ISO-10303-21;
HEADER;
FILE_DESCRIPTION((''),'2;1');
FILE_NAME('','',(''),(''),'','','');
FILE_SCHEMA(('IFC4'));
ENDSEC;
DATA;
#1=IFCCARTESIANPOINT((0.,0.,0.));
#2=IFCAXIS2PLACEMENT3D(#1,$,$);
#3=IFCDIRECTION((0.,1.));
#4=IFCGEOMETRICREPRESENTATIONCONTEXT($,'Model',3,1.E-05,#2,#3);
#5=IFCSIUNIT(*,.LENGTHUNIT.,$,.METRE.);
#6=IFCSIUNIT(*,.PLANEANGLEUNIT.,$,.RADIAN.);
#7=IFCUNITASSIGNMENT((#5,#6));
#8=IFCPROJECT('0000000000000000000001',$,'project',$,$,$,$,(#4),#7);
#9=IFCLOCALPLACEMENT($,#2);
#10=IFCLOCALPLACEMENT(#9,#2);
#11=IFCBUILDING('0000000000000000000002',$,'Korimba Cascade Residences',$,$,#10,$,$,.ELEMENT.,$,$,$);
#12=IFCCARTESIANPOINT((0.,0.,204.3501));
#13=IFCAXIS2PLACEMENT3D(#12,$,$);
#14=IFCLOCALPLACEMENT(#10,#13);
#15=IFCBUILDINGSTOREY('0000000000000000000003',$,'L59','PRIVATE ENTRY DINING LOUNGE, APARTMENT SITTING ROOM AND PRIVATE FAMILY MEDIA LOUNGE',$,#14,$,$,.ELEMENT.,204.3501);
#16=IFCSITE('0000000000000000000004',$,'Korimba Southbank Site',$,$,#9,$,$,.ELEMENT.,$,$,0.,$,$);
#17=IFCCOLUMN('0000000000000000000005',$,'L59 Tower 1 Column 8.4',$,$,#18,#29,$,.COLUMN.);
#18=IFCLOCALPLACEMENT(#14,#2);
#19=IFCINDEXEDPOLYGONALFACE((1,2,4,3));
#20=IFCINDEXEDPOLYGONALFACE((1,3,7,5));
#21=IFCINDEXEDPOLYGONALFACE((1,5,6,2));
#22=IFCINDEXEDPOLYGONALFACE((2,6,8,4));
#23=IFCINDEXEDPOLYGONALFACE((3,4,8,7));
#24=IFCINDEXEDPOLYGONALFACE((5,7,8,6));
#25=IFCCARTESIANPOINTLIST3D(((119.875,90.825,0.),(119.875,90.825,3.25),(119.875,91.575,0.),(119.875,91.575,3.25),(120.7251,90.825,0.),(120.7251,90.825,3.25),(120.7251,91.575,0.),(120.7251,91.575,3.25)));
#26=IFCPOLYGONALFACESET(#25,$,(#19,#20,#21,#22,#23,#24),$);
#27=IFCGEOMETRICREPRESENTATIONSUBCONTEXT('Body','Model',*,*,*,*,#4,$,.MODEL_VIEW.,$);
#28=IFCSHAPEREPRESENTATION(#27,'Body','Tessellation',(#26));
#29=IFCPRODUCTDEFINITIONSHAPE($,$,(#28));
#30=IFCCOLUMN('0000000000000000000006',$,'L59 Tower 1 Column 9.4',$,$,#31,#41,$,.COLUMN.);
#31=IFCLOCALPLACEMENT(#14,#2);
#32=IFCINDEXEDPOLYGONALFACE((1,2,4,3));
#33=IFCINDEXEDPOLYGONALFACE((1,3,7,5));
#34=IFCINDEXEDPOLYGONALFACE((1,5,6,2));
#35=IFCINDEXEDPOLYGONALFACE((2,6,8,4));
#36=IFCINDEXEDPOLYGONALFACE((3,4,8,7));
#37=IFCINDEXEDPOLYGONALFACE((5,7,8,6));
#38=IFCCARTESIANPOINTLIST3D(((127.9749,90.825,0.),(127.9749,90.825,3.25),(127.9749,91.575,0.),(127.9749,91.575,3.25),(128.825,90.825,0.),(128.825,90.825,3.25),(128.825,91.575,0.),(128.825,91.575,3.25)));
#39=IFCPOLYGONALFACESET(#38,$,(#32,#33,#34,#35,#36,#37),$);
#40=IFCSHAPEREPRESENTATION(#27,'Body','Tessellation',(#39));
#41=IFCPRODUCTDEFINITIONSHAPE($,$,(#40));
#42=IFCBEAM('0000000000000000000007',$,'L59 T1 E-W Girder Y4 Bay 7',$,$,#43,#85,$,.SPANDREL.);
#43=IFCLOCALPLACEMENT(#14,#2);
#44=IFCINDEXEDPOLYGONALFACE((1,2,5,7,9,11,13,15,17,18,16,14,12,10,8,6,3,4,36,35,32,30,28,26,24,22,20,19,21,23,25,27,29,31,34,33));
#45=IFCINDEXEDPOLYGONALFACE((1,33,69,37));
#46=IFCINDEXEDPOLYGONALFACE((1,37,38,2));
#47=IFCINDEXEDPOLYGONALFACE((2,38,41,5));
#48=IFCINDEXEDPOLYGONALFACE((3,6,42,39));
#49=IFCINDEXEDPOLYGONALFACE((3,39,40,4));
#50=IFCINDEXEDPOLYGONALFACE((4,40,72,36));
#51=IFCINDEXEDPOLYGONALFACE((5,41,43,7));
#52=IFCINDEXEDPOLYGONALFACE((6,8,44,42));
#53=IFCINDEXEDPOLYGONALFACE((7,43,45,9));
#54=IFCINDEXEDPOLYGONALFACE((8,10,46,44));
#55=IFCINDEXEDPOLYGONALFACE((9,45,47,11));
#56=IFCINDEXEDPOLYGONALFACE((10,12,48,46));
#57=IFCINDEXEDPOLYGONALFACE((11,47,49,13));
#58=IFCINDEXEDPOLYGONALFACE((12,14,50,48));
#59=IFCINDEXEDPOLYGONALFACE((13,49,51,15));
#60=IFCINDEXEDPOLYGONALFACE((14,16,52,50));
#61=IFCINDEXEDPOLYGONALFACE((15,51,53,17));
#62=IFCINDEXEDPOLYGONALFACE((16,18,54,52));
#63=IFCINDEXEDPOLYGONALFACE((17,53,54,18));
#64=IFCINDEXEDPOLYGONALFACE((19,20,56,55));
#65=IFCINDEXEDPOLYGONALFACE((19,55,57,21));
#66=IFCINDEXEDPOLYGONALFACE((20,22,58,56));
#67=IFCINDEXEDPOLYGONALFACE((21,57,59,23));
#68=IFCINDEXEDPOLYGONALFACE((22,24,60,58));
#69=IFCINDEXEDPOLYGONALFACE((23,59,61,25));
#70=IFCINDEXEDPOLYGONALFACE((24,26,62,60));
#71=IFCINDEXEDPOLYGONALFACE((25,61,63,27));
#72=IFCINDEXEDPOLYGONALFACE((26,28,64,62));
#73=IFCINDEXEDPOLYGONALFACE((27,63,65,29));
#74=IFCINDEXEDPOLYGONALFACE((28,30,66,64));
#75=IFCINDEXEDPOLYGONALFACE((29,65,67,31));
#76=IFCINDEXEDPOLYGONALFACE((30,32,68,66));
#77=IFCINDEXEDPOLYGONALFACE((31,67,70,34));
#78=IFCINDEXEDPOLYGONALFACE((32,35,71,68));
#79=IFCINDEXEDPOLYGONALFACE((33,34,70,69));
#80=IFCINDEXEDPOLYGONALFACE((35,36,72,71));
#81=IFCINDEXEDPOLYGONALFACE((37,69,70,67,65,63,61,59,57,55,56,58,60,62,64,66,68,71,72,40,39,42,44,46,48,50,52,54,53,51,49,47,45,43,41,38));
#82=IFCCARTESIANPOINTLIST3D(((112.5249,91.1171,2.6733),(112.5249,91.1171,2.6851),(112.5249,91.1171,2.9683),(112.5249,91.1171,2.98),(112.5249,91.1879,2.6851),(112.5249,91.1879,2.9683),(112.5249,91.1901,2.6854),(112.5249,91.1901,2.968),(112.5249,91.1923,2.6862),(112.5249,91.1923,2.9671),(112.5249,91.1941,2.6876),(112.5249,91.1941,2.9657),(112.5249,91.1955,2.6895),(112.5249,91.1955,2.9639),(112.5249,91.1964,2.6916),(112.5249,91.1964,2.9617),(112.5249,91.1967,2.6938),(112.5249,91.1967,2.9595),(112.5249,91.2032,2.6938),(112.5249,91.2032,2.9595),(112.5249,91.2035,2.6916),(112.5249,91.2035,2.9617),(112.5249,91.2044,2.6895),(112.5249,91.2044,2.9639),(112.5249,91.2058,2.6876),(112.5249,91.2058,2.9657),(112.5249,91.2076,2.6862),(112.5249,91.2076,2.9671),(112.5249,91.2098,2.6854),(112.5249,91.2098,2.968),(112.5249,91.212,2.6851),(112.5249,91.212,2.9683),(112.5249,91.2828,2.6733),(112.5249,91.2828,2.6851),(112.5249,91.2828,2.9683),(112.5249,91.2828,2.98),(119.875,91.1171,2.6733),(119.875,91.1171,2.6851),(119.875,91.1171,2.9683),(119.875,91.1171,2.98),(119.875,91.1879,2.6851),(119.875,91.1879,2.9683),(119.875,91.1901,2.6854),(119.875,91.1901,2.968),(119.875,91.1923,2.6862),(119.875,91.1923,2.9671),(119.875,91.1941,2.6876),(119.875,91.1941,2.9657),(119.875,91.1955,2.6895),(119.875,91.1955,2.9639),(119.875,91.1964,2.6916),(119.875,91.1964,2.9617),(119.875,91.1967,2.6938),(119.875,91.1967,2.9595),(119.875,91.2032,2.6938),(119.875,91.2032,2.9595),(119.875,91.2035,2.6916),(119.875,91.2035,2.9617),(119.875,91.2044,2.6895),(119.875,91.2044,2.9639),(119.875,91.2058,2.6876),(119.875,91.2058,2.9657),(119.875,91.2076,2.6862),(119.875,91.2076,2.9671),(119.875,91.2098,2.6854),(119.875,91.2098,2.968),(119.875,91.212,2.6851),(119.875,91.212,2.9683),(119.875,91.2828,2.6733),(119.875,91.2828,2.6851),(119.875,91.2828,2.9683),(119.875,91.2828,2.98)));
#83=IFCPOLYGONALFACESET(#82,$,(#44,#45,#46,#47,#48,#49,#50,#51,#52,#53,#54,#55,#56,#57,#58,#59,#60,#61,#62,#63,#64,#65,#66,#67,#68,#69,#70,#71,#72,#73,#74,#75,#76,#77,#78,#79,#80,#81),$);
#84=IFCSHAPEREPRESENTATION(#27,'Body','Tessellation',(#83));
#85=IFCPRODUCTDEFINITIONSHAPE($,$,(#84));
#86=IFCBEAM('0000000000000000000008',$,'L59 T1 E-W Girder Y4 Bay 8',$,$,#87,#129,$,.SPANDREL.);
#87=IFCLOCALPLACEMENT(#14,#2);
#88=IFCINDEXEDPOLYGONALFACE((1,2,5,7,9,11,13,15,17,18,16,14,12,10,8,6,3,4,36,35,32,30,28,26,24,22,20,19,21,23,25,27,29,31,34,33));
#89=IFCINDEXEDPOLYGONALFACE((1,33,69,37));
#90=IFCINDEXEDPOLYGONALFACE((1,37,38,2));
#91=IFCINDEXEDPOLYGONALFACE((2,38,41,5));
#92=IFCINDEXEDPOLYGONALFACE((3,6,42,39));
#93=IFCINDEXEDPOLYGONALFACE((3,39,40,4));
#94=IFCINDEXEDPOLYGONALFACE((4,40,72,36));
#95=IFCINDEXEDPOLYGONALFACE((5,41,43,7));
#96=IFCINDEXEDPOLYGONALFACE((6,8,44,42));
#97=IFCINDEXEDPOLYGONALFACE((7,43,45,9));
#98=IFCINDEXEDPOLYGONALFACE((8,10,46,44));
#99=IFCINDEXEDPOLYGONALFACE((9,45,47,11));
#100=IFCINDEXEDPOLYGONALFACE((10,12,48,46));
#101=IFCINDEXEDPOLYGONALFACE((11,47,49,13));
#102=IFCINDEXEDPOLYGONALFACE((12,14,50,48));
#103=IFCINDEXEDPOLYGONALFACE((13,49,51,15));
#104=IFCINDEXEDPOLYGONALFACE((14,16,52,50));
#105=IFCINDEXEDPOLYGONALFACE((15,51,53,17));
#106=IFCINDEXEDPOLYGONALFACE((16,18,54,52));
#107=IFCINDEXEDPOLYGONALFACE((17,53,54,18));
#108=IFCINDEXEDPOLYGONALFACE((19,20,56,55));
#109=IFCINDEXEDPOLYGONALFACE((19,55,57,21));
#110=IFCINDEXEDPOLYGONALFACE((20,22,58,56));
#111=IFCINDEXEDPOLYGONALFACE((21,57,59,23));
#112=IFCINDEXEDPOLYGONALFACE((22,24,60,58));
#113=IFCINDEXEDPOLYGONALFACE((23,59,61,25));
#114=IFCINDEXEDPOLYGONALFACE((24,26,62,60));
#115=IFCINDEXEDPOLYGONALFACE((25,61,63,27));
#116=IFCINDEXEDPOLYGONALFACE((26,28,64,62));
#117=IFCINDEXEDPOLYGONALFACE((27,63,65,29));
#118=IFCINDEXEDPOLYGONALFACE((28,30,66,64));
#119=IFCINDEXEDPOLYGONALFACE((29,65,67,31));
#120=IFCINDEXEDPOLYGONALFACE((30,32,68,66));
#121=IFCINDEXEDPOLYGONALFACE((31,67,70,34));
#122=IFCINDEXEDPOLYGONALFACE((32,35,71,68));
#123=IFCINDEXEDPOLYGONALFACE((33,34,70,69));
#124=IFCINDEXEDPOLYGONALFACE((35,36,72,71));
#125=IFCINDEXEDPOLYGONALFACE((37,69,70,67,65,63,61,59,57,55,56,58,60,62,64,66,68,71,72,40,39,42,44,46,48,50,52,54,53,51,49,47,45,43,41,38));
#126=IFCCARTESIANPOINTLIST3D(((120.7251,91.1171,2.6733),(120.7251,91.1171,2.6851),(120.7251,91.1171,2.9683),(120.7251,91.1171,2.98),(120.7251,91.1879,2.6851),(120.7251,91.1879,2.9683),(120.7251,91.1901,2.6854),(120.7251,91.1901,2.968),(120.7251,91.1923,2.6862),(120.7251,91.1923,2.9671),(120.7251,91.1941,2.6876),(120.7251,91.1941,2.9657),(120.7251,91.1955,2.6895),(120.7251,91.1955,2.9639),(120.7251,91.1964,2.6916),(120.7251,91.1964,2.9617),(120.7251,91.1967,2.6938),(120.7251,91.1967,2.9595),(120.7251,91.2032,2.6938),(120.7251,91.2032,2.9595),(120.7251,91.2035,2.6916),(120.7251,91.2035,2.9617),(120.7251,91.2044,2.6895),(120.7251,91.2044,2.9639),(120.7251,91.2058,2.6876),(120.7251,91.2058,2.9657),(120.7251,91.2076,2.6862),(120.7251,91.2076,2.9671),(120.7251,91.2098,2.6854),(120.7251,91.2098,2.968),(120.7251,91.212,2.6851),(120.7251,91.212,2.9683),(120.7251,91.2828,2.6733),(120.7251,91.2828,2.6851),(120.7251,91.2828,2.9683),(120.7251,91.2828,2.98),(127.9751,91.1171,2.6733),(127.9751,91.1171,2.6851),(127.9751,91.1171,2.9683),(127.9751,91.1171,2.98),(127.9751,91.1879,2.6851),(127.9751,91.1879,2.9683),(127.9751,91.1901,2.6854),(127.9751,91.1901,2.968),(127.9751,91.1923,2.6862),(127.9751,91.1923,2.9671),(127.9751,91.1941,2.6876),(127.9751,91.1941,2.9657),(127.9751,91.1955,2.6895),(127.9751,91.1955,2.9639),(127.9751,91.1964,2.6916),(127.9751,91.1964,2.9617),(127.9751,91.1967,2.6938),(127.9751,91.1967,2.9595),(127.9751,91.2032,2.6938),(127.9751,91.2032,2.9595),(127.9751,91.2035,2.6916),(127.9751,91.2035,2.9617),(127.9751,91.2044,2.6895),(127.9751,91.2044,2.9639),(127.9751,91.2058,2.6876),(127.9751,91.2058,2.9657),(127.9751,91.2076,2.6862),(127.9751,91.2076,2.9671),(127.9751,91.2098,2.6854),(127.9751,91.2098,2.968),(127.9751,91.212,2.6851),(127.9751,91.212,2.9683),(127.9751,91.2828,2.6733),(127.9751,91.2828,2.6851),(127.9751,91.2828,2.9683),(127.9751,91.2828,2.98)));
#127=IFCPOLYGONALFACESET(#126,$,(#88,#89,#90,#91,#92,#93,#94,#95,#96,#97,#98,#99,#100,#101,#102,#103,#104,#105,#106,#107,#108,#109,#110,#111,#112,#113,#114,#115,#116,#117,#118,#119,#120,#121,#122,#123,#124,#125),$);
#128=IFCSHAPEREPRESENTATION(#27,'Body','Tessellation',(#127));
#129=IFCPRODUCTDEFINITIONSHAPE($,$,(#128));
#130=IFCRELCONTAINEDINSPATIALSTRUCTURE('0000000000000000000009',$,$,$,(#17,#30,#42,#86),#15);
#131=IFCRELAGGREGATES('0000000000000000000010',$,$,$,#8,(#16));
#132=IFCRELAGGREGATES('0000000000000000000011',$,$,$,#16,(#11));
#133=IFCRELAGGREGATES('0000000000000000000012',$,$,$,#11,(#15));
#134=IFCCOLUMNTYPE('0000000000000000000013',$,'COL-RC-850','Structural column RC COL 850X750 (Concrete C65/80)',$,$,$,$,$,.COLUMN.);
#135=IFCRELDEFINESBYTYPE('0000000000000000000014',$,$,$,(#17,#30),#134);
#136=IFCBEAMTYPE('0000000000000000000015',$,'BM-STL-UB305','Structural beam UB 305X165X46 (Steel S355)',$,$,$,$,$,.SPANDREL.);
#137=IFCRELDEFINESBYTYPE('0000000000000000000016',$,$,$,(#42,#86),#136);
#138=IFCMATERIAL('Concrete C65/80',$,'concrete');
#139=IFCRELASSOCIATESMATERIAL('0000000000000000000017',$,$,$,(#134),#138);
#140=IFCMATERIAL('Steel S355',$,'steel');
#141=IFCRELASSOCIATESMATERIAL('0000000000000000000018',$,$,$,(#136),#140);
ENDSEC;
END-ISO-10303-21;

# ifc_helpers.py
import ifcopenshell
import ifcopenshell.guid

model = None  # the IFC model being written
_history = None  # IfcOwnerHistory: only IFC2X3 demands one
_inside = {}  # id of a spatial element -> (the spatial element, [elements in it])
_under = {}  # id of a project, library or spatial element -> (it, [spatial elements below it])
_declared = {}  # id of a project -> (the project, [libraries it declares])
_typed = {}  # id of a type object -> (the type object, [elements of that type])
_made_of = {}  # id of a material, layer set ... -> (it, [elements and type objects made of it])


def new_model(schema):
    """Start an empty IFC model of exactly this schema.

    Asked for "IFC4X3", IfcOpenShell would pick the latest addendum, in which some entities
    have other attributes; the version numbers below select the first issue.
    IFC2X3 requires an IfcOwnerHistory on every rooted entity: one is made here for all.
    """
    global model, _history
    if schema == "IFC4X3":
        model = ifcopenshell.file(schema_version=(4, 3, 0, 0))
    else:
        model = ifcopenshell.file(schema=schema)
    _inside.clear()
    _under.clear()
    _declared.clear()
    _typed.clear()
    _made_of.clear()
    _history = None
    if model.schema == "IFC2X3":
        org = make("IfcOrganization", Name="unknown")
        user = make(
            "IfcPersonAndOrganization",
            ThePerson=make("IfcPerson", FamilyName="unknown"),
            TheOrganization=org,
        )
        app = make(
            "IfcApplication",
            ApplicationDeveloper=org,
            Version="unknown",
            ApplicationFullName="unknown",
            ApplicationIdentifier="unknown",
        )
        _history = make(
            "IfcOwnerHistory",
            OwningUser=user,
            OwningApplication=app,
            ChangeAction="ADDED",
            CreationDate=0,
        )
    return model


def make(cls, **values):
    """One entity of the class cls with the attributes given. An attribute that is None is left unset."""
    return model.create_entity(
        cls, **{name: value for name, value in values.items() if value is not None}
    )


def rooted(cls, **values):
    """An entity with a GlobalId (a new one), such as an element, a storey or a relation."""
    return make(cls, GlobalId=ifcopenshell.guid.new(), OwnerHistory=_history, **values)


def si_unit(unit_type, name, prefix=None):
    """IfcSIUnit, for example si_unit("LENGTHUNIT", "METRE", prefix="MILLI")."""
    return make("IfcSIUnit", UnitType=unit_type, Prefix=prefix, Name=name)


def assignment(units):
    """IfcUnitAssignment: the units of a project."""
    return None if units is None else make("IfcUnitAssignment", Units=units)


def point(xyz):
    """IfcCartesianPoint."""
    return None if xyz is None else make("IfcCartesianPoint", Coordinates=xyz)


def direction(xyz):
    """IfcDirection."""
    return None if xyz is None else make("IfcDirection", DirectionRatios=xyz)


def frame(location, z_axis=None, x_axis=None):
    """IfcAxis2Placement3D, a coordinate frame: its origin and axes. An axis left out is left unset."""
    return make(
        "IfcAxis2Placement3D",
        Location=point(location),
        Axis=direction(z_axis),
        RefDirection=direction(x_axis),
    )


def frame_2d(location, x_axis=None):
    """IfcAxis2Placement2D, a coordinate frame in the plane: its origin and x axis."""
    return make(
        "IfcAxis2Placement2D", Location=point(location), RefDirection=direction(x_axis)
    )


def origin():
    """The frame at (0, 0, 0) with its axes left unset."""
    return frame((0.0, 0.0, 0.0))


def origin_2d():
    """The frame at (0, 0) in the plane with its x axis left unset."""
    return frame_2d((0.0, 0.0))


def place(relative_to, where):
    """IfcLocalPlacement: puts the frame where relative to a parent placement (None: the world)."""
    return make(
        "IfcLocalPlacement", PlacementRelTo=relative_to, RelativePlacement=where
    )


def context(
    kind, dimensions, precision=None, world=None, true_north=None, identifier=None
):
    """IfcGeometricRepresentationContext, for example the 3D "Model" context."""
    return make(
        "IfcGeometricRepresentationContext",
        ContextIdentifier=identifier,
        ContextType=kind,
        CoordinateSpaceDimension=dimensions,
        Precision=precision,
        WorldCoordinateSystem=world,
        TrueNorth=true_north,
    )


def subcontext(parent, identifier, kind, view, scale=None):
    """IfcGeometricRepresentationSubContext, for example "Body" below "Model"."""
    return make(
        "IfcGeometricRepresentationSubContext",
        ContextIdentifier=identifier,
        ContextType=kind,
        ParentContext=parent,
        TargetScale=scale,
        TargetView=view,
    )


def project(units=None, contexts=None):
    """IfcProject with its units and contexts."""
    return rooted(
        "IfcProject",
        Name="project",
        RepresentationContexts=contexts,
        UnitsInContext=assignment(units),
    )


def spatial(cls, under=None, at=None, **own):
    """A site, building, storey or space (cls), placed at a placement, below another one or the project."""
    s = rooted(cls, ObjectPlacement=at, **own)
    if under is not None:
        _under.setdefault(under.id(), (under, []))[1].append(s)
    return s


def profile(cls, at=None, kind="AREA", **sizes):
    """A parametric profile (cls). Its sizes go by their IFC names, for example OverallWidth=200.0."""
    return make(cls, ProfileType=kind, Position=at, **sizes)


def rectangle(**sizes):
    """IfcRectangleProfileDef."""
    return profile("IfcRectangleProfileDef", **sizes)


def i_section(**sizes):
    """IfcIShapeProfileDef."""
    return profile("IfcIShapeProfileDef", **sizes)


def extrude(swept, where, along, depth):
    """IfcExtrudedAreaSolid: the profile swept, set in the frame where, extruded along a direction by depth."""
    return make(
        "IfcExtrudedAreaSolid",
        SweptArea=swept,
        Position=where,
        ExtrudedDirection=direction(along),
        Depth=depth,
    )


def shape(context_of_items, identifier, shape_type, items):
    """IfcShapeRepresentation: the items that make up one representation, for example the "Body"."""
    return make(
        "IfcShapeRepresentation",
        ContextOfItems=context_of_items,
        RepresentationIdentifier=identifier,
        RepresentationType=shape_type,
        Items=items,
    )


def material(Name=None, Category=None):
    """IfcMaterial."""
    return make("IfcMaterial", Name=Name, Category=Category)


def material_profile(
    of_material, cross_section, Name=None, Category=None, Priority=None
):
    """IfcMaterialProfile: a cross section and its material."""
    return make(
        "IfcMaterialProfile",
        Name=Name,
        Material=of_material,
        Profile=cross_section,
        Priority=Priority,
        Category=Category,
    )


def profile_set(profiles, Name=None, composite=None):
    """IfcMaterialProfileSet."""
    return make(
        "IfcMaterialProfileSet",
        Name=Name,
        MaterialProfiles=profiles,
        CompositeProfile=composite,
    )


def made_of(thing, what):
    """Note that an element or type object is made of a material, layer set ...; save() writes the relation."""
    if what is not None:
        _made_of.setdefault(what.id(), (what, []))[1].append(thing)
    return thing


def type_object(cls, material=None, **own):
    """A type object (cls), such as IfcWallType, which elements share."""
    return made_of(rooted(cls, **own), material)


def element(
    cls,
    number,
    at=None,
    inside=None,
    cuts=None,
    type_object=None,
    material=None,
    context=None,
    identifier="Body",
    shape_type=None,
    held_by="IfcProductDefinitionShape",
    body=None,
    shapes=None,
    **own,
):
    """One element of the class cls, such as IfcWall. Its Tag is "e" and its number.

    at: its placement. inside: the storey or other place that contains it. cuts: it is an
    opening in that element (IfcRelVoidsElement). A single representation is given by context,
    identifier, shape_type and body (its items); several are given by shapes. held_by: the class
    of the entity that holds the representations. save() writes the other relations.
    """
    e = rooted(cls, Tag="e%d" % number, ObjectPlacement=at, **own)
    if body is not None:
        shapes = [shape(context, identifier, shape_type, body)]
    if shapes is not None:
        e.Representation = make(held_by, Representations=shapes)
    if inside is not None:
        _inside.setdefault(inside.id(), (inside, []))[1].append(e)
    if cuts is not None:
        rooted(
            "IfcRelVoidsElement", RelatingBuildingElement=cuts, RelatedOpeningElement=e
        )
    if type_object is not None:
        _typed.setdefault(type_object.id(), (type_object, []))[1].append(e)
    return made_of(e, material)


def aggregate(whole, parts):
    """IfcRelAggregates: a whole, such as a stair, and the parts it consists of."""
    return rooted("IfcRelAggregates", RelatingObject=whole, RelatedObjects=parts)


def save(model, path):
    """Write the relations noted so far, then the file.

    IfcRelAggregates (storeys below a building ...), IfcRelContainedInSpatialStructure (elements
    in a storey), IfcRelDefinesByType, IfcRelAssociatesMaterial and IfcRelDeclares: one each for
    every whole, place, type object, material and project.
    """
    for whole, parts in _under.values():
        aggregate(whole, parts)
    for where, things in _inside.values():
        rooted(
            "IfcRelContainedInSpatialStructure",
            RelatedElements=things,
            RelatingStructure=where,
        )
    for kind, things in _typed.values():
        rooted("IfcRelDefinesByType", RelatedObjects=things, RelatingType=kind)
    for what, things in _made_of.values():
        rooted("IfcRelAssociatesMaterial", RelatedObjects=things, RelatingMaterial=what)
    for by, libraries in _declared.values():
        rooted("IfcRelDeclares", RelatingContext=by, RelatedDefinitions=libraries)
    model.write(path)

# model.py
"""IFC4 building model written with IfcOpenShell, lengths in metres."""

from ifc_helpers import new_model, si_unit, direction, frame, origin, origin_2d, place, context, subcontext, project, spatial, rectangle, i_section, extrude, material, material_profile, profile_set, type_object, element, save


model = new_model("IFC4")

# Units and contexts
model_context = context("Model", 3, precision=1e-05, world=origin(), true_north=direction((0.0, 1.0)))
body_context = subcontext(model_context, "Body", "Model", "MODEL_VIEW")
ifc_project = project(units=[si_unit("LENGTHUNIT", "METRE"), si_unit("PLANEANGLEUNIT", "RADIAN")], contexts=[model_context])

# Site, building, storey
site_placement = place(None, origin())
site = spatial("IfcSite", under=ifc_project, at=site_placement, Name="Korimba Southbank Site", CompositionType="ELEMENT", RefElevation=0.0)
building_placement = place(site_placement, origin())
building = spatial("IfcBuilding", under=site, at=building_placement, Name="Korimba Cascade Residences", CompositionType="ELEMENT")
storey_placement = place(building_placement, frame((0.0, 0.0, 204.3501)))
storey = spatial("IfcBuildingStorey", under=building, at=storey_placement, Name="L59", Description="PRIVATE ENTRY DINING LOUNGE, APARTMENT SITTING ROOM AND PRIVATE FAMILY MEDIA LOUNGE", CompositionType="ELEMENT", Elevation=204.3501)

# Columns
ifc_material_1 = material(Name="Concrete C65/80", Category="concrete")
ifc_material_profile_1 = material_profile(ifc_material_1, rectangle(XDim=0.8501, YDim=0.75, at=origin_2d()), Name="Concrete C65/80")
ifc_profile_set_1 = profile_set([ifc_material_profile_1], Name="Concrete C65/80")
column_type = type_object("IfcColumnType", Name="COL-RC-850", Description="Structural column RC COL 850X750 (Concrete C65/80)", PredefinedType="COLUMN", material=ifc_profile_set_1)
for number, where, z_axis, x_axis, name in (
    (1, (120.3, 91.2, 0.0), (0.0, 0.0, 1.0), (1.0, 0.0, 0.0), "L59 Tower 1 Column 8.4"),
    (2, (128.3999, 91.2, 0.0), (0.0, 0.0, 1.0), (1.0, 0.0, 0.0), "L59 Tower 1 Column 9.4"),
):
    element("IfcColumn", number, at=place(storey_placement, frame(where, z_axis=z_axis, x_axis=x_axis)), inside=storey, type_object=column_type, Name=name, PredefinedType="COLUMN", context=body_context, shape_type="SweptSolid", body=[
        extrude(rectangle(XDim=0.8501, YDim=0.75, at=origin_2d()), origin(), (0.0, 0.0, 1.0), 3.25),
    ])

# Beams
ifc_material_2 = material(Name="Steel S355", Category="steel")
ifc_material_profile_2 = material_profile(ifc_material_2, i_section(OverallWidth=0.1658, OverallDepth=0.3066, WebThickness=0.0066, FlangeThickness=0.0117, FilletRadius=0.0088, at=origin_2d()), Name="Steel S355")
ifc_profile_set_2 = profile_set([ifc_material_profile_2], Name="Steel S355")
beam_type = type_object("IfcBeamType", Name="BM-STL-UB305", Description="Structural beam UB 305X165X46 (Steel S355)", PredefinedType="SPANDREL", material=ifc_profile_set_2)
beam_1_placement = place(storey_placement, frame((112.5249, 91.2, 2.8267), z_axis=(1.0, 0.0, 0.0), x_axis=(0.0, 1.0, 0.0)))
element("IfcBeam", 3, at=beam_1_placement, inside=storey, type_object=beam_type, Name="L59 T1 E-W Girder Y4 Bay 7", PredefinedType="SPANDREL", context=body_context, shape_type="SweptSolid", body=[
    extrude(i_section(OverallWidth=0.1658, OverallDepth=0.3066, WebThickness=0.0066, FlangeThickness=0.0117, FilletRadius=0.0088, at=origin_2d()), origin(), (0.0, 0.0, 1.0), 7.3501),
])
beam_2_placement = place(storey_placement, frame((120.7251, 91.2, 2.8267), z_axis=(1.0, 0.0, 0.0), x_axis=(0.0, 1.0, 0.0)))
element("IfcBeam", 4, at=beam_2_placement, inside=storey, type_object=beam_type, Name="L59 T1 E-W Girder Y4 Bay 8", PredefinedType="SPANDREL", context=body_context, shape_type="SweptSolid", body=[
    extrude(i_section(OverallWidth=0.1658, OverallDepth=0.3066, WebThickness=0.0066, FlangeThickness=0.0117, FilletRadius=0.0088, at=origin_2d()), origin(), (0.0, 0.0, 1.0), 7.25),
])

save(model, "model.ifc")
